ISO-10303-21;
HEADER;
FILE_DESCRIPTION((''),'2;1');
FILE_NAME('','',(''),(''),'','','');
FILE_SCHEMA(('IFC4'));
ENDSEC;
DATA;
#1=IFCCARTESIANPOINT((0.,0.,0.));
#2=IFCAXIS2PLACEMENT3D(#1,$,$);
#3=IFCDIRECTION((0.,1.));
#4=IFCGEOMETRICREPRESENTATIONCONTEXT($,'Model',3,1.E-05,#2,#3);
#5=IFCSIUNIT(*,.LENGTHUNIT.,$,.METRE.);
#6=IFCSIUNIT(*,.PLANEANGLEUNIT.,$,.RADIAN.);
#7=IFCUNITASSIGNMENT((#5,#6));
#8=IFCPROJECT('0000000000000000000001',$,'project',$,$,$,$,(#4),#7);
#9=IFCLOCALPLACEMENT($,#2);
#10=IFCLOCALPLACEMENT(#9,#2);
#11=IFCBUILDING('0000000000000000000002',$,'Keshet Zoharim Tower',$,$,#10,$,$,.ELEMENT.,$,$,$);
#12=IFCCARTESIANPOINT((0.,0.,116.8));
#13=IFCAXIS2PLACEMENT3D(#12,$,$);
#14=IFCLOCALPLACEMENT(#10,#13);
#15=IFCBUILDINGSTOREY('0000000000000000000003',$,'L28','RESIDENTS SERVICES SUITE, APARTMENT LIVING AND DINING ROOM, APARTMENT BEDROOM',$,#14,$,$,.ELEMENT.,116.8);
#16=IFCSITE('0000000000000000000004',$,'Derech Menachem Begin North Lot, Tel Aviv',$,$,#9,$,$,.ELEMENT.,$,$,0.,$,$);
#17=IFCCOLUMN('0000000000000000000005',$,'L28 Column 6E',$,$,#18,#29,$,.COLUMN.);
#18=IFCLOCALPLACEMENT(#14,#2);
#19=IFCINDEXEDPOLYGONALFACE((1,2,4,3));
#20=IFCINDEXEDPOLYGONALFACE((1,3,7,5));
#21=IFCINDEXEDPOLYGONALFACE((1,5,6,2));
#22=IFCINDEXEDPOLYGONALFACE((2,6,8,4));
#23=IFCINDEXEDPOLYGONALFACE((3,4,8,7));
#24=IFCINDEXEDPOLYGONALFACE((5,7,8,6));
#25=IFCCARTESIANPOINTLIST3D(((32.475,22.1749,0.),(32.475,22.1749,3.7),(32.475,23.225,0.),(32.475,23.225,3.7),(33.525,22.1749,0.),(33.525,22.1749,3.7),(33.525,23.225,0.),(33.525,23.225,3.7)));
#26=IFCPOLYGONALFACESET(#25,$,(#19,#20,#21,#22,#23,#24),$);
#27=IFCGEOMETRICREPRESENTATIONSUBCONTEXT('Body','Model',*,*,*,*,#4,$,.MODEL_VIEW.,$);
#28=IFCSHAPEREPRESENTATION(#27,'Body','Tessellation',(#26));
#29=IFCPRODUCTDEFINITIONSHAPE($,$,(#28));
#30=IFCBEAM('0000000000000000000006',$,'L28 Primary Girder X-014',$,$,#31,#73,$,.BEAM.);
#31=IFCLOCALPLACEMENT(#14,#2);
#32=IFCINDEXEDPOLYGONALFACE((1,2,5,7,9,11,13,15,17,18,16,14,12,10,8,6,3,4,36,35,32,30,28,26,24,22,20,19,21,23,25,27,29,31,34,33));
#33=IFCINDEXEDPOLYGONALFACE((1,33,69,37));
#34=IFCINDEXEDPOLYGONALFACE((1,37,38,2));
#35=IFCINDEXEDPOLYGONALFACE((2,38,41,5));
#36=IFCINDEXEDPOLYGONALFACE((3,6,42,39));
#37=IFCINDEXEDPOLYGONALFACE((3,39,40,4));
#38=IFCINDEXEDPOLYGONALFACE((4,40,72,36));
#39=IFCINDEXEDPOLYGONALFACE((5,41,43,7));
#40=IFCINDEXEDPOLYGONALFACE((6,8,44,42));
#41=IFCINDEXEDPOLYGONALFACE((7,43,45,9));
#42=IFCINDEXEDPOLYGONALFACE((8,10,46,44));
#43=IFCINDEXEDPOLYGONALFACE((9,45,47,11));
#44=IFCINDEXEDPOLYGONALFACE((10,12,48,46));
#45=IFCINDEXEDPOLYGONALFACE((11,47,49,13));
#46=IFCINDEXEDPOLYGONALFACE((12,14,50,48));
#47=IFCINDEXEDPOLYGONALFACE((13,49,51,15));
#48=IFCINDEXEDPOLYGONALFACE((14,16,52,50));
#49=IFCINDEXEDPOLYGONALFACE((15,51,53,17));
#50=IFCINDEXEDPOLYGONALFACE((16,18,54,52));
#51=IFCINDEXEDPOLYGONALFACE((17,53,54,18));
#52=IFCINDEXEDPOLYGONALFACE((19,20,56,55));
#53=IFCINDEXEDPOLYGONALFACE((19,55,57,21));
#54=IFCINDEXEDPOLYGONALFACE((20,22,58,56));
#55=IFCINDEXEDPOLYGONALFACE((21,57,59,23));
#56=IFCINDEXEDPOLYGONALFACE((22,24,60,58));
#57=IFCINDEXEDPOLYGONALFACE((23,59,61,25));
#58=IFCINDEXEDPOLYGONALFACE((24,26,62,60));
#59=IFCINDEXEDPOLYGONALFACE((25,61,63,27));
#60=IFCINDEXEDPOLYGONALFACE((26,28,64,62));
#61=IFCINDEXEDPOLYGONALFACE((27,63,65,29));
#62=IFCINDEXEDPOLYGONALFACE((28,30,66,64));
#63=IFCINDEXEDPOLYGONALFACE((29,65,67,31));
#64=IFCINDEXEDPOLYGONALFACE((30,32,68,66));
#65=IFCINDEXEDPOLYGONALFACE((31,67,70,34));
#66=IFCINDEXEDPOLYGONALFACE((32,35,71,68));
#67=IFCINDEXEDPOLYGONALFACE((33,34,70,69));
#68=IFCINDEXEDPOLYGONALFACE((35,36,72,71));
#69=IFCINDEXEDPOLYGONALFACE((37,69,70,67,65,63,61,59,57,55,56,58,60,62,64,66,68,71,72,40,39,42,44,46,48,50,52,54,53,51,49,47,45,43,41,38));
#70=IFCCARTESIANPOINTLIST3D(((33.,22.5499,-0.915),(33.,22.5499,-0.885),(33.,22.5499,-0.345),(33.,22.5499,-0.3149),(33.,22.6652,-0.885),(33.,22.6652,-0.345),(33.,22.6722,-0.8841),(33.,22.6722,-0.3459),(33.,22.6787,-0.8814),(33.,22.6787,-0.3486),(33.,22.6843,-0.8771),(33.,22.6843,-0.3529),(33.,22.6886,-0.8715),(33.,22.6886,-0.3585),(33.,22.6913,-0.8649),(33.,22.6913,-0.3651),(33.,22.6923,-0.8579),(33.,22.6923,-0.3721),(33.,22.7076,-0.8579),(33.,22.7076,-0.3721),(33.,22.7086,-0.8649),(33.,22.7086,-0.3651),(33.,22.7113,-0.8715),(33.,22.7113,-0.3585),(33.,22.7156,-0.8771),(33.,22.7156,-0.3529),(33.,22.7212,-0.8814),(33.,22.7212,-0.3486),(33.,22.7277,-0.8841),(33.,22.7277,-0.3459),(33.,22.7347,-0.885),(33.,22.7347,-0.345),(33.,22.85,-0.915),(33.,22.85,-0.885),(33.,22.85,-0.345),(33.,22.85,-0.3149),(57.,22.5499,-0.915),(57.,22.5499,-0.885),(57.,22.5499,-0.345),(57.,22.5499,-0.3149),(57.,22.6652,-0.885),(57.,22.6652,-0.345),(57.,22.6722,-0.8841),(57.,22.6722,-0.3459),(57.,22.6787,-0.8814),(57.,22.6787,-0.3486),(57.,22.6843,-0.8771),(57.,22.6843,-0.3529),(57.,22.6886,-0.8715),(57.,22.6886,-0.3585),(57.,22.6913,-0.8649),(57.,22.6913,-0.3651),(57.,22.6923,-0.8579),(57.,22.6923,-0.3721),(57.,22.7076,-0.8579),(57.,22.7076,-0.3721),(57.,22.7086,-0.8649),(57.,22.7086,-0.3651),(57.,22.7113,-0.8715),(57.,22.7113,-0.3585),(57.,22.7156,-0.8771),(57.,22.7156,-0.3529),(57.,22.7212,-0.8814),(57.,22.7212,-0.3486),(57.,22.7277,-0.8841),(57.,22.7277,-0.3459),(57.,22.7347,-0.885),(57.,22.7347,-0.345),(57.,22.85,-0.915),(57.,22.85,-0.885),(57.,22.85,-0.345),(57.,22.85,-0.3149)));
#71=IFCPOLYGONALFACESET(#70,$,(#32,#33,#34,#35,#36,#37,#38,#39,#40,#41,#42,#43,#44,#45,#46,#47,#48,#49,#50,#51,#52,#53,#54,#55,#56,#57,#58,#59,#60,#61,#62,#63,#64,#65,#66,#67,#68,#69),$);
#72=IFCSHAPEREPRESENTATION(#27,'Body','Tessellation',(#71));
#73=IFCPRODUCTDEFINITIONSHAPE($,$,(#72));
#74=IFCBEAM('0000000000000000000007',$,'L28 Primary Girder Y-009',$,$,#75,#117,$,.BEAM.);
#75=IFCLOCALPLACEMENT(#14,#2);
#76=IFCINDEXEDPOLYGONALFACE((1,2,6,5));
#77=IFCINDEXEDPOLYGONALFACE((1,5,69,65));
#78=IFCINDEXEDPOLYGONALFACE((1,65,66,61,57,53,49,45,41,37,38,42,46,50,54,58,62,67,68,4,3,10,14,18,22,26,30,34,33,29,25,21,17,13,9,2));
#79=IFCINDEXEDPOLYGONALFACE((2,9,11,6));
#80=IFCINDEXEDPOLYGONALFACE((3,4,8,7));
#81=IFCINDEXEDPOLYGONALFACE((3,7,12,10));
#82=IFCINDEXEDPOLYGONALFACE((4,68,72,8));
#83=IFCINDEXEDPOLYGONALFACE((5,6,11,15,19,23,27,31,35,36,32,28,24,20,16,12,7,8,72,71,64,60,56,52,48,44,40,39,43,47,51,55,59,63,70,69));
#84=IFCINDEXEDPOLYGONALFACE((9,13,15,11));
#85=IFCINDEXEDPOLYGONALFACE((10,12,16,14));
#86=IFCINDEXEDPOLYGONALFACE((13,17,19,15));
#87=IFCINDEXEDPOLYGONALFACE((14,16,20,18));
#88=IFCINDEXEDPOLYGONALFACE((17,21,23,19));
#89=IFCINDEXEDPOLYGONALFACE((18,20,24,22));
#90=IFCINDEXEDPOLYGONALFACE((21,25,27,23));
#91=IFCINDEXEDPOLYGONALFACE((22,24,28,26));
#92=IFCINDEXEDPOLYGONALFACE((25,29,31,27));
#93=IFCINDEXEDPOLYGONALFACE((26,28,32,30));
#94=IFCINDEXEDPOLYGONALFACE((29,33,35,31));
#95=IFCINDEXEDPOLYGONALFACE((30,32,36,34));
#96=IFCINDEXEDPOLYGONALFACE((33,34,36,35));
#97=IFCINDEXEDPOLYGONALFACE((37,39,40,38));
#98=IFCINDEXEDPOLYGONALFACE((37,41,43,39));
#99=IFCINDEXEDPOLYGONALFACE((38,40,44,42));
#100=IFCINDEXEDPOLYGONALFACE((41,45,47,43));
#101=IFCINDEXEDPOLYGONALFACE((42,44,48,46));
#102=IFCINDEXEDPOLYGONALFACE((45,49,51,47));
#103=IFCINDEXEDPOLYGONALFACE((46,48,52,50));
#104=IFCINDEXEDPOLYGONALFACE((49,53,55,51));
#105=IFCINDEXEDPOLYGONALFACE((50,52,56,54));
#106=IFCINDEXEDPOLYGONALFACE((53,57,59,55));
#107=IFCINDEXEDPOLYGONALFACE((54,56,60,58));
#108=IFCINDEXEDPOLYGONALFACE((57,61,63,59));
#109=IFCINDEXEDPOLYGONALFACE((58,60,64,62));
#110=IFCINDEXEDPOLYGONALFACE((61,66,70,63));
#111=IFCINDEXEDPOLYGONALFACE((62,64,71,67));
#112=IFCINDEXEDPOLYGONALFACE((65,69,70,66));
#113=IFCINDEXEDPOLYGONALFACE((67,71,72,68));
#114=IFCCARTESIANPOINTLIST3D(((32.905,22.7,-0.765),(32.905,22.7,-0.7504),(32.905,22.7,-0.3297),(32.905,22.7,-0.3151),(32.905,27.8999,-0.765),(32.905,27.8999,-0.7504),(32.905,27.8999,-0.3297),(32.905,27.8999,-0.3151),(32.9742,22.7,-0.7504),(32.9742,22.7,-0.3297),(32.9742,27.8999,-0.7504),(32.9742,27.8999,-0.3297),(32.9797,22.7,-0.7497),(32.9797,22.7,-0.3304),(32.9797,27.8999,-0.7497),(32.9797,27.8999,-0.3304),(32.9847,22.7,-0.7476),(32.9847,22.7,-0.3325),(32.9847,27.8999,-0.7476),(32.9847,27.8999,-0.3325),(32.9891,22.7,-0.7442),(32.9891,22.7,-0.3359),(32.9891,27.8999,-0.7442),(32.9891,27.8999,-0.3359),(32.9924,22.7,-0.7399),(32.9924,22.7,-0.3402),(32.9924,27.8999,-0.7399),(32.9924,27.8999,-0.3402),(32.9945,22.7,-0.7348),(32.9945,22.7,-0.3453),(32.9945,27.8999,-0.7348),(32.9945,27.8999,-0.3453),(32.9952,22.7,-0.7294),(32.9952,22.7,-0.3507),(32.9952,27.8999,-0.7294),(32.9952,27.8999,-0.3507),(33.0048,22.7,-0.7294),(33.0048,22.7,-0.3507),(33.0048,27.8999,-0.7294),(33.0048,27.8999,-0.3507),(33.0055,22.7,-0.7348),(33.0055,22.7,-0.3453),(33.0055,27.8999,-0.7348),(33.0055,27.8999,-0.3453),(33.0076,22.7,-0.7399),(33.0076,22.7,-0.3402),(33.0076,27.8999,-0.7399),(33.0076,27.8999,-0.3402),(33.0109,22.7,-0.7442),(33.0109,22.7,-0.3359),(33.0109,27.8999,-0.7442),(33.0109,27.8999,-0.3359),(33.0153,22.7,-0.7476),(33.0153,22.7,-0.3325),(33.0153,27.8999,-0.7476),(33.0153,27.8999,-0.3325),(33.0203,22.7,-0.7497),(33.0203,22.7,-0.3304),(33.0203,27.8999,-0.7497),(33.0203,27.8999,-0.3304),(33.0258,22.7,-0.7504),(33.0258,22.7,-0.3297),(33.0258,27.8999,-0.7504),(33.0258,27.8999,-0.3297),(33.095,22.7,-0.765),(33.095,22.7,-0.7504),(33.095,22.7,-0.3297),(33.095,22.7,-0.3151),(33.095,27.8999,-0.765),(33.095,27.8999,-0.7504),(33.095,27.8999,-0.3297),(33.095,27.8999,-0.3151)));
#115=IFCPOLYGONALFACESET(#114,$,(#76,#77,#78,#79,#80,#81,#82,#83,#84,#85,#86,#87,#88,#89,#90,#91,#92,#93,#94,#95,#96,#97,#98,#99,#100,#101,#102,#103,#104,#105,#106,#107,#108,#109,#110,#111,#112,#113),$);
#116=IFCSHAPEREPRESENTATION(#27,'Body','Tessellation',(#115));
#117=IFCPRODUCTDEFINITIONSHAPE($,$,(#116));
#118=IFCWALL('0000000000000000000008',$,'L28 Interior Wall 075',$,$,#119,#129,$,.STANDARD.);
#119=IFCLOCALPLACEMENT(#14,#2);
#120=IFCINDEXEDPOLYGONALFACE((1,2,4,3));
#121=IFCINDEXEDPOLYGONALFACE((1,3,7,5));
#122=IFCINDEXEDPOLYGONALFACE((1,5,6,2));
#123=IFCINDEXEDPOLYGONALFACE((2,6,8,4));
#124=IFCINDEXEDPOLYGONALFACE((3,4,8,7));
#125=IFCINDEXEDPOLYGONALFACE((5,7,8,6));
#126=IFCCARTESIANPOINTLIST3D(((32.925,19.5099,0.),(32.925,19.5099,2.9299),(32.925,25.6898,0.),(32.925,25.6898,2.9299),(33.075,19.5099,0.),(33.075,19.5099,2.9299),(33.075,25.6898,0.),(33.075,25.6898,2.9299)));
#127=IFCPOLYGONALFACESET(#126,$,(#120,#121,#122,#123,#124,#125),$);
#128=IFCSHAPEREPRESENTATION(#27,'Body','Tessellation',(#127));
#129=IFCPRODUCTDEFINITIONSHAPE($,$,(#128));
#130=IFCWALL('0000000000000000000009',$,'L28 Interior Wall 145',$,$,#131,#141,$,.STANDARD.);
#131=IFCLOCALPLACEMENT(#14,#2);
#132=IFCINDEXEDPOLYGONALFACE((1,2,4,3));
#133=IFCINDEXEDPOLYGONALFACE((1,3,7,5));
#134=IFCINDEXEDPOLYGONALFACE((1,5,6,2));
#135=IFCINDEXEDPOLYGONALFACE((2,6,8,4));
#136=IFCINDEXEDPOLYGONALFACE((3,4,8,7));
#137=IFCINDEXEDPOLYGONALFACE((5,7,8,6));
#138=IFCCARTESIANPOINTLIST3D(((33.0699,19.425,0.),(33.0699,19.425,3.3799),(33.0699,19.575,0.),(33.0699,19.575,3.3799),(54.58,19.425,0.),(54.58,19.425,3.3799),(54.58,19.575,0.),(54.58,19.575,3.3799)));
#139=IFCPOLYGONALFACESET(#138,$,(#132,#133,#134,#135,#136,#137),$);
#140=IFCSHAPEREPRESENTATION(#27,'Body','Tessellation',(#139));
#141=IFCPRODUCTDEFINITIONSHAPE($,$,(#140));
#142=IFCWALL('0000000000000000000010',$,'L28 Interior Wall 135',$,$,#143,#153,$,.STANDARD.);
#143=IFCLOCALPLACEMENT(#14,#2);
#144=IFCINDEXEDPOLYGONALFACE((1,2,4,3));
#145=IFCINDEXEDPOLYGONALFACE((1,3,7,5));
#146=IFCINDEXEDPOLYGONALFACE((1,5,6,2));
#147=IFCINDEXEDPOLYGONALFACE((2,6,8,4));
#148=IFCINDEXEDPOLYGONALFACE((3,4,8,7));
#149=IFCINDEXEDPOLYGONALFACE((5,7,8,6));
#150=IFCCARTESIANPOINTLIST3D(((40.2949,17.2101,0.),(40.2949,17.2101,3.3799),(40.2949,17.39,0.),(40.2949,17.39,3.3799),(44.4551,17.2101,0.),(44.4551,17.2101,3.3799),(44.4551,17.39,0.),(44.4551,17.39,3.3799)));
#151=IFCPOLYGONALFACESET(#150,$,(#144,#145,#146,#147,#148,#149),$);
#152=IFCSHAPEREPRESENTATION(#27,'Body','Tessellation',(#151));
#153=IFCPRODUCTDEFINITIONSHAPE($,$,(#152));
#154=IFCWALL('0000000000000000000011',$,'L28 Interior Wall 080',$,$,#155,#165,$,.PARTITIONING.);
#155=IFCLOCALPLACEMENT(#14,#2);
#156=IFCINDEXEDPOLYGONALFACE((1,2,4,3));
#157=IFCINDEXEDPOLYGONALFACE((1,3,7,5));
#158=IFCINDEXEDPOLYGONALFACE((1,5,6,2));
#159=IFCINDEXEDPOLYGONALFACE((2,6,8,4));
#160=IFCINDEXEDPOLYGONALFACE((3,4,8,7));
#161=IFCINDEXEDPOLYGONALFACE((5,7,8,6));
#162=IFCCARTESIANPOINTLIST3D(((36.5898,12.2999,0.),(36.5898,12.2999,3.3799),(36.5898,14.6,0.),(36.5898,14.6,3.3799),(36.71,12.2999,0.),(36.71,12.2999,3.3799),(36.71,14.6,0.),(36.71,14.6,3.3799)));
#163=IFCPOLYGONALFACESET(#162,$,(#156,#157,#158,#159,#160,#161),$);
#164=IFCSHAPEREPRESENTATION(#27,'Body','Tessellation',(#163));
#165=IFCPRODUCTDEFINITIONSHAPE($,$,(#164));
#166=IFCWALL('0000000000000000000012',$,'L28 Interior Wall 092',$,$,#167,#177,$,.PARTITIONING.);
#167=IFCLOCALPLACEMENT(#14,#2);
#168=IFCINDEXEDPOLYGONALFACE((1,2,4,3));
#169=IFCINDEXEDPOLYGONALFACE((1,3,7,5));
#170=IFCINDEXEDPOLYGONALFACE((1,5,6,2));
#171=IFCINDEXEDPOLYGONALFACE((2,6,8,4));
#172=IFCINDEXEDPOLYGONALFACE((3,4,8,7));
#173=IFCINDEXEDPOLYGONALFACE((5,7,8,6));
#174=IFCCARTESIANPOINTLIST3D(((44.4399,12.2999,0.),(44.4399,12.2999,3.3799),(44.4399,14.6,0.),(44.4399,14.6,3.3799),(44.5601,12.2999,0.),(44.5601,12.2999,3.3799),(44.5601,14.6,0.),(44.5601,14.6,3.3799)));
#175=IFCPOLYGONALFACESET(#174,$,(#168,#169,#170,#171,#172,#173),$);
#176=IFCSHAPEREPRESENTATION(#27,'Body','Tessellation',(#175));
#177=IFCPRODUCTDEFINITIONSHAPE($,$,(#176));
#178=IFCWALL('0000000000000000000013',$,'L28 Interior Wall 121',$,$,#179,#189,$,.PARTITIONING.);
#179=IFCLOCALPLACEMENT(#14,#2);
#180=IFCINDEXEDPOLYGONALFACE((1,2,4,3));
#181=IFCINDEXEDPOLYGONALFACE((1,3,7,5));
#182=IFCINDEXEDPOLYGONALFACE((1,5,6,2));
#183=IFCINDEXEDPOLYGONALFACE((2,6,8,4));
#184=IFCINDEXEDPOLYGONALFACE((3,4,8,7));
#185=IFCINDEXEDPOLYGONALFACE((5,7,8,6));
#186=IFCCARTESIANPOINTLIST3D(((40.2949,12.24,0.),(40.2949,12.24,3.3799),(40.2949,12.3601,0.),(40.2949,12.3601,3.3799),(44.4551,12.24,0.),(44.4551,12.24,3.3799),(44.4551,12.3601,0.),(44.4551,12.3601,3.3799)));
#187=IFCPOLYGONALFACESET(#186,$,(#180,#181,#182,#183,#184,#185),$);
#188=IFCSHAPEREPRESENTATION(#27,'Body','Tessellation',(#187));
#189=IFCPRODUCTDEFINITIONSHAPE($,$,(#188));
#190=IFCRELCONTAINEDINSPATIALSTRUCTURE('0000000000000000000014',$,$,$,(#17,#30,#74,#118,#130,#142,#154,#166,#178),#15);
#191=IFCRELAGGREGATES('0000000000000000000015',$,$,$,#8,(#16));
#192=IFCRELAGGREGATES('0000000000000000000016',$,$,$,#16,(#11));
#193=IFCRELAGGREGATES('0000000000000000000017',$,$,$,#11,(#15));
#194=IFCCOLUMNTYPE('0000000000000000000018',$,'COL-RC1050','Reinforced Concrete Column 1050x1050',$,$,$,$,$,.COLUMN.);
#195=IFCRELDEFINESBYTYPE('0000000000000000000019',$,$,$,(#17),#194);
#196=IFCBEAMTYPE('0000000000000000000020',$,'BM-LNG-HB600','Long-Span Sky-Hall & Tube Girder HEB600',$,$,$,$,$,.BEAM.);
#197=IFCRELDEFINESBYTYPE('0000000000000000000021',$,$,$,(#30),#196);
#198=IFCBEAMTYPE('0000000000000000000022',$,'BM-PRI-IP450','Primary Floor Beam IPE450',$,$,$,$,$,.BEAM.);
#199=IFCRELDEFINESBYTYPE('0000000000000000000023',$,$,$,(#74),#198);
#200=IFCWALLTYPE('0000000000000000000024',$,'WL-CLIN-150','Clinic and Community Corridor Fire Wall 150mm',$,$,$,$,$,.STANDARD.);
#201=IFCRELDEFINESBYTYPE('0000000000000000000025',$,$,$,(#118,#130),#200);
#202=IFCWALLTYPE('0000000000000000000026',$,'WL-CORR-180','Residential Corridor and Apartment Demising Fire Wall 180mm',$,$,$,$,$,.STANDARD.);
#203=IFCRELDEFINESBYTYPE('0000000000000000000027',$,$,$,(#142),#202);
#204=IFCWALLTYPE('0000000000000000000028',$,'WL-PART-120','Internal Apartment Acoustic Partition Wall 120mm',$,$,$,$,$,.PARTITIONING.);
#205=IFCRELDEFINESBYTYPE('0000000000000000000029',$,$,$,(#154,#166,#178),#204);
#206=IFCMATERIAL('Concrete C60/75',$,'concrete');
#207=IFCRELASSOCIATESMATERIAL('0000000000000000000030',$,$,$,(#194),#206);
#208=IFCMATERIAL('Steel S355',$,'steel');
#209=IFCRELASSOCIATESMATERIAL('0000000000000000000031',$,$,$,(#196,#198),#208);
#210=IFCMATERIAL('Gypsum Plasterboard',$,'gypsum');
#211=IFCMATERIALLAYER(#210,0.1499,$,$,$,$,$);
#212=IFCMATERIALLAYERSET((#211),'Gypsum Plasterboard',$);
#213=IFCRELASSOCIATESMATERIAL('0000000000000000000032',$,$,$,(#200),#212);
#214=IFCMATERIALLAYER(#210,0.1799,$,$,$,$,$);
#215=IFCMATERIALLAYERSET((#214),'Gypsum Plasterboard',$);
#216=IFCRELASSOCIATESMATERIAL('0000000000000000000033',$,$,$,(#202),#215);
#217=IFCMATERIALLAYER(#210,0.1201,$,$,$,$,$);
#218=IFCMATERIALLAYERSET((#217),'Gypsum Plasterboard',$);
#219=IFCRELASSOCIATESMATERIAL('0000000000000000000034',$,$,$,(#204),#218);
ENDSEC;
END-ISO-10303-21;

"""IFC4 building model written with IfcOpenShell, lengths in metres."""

from ifc_helpers import new_model, si_unit, direction, frame, frame_2d, origin, origin_2d, place, context, subcontext, project, spatial, rectangle, i_section, extrude, material, layer, layer_set, material_profile, profile_set, type_object, element, save


model = new_model("IFC4")

# Units and contexts
model_context = context("Model", 3, precision=1e-05, world=origin(), true_north=direction((0.0, 1.0)))
body_context = subcontext(model_context, "Body", "Model", "MODEL_VIEW")
ifc_project = project(units=[si_unit("LENGTHUNIT", "METRE"), si_unit("PLANEANGLEUNIT", "RADIAN")], contexts=[model_context])

# Site, building, storey
site_placement = place(None, origin())
site = spatial("IfcSite", under=ifc_project, at=site_placement, Name="Derech Menachem Begin North Lot, Tel Aviv", CompositionType="ELEMENT", RefElevation=0.0)
building_placement = place(site_placement, origin())
building = spatial("IfcBuilding", under=site, at=building_placement, Name="Keshet Zoharim Tower", CompositionType="ELEMENT")
storey_placement = place(building_placement, frame((0.0, 0.0, 116.8)))
storey = spatial("IfcBuildingStorey", under=building, at=storey_placement, Name="L28", Description="RESIDENTS SERVICES SUITE, APARTMENT LIVING AND DINING ROOM, APARTMENT BEDROOM", CompositionType="ELEMENT", Elevation=116.8)

# Column
ifc_material_1 = material(Name="Concrete C60/75", Category="concrete")
ifc_material_profile_1 = material_profile(ifc_material_1, rectangle(XDim=1.05, YDim=1.05, at=origin_2d()), Name="RC1050x1050")
ifc_profile_set_1 = profile_set([ifc_material_profile_1], Name="Concrete C60/75")
column_type = type_object("IfcColumnType", Name="COL-RC1050", Description="Reinforced Concrete Column 1050x1050", PredefinedType="COLUMN", material=ifc_profile_set_1)
column_placement = place(storey_placement, frame((33.0, 22.7, 0.0), z_axis=(0.0, 0.0, 1.0), x_axis=(1.0, 0.0, 0.0)))
element("IfcColumn", 1, at=column_placement, inside=storey, type_object=column_type, Name="L28 Column 6E", PredefinedType="COLUMN", context=body_context, shape_type="SweptSolid", body=[
    extrude(rectangle(XDim=1.05, YDim=1.05, at=origin_2d()), origin(), (0.0, 0.0, 1.0), 3.7),
])

# Beams
ifc_material_2 = material(Name="Steel S355", Category="steel")
ifc_material_profile_2 = material_profile(ifc_material_2, i_section(OverallWidth=0.3, OverallDepth=0.6001, WebThickness=0.0154, FlangeThickness=0.03, FilletRadius=0.0271, at=origin_2d()), Name="HEB600")
ifc_profile_set_2 = profile_set([ifc_material_profile_2], Name="Steel S355")
beam_type_1 = type_object("IfcBeamType", Name="BM-LNG-HB600", Description="Long-Span Sky-Hall & Tube Girder HEB600", PredefinedType="BEAM", material=ifc_profile_set_2)
beam_1_placement = place(storey_placement, frame((33.0, 22.7, -0.615), z_axis=(1.0, 0.0, 0.0), x_axis=(0.0, 1.0, 0.0)))
element("IfcBeam", 2, at=beam_1_placement, inside=storey, type_object=beam_type_1, Name="L28 Primary Girder X-014", PredefinedType="BEAM", context=body_context, shape_type="SweptSolid", body=[
    extrude(i_section(OverallWidth=0.3, OverallDepth=0.6001, WebThickness=0.0154, FlangeThickness=0.03, FilletRadius=0.0271, at=origin_2d()), origin(), (0.0, 0.0, 1.0), 24.0),
])
ifc_material_profile_3 = material_profile(ifc_material_2, i_section(OverallWidth=0.1899, OverallDepth=0.45, WebThickness=0.0095, FlangeThickness=0.0146, FilletRadius=0.021, at=origin_2d()), Name="IPE450")
ifc_profile_set_3 = profile_set([ifc_material_profile_3], Name="Steel S355")
beam_type_2 = type_object("IfcBeamType", Name="BM-PRI-IP450", Description="Primary Floor Beam IPE450", PredefinedType="BEAM", material=ifc_profile_set_3)
beam_2_placement = place(storey_placement, frame((33.0, 22.7, -0.54), z_axis=(0.0, 1.0, 0.0), x_axis=(-1.0, 0.0, 0.0)))
element("IfcBeam", 3, at=beam_2_placement, inside=storey, type_object=beam_type_2, Name="L28 Primary Girder Y-009", PredefinedType="BEAM", context=body_context, shape_type="SweptSolid", body=[
    extrude(i_section(OverallWidth=0.1899, OverallDepth=0.45, WebThickness=0.0095, FlangeThickness=0.0146, FilletRadius=0.021, at=origin_2d()), origin(), (0.0, 0.0, 1.0), 5.2),
])

# Walls
ifc_material_3 = material(Name="Gypsum Plasterboard", Category="gypsum")
ifc_layer_1 = layer(ifc_material_3, 0.1499)
ifc_layer_set_1 = layer_set([ifc_layer_1], Name="Gypsum Plasterboard")
wall_type_1 = type_object("IfcWallType", Name="WL-CLIN-150", Description="Clinic and Community Corridor Fire Wall 150mm", PredefinedType="STANDARD", material=ifc_layer_set_1)
wall_1_placement = place(storey_placement, frame((33.0, 19.51, 0.0), z_axis=(0.0, 0.0, 1.0), x_axis=(0.0, 1.0, 0.0)))
element("IfcWall", 4, at=wall_1_placement, inside=storey, type_object=wall_type_1, Name="L28 Interior Wall 075", PredefinedType="STANDARD", context=body_context, shape_type="SweptSolid", body=[
    extrude(rectangle(XDim=6.1799, YDim=0.1499, at=frame_2d((3.0898, 0.0))), origin(), (0.0, 0.0, 1.0), 2.9299),
])
wall_2_placement = place(storey_placement, frame((33.0701, 19.5, 0.0), z_axis=(0.0, 0.0, 1.0), x_axis=(1.0, 0.0, 0.0)))
element("IfcWall", 5, at=wall_2_placement, inside=storey, type_object=wall_type_1, Name="L28 Interior Wall 145", PredefinedType="STANDARD", context=body_context, shape_type="SweptSolid", body=[
    extrude(rectangle(XDim=21.51, YDim=0.1499, at=frame_2d((10.7549, 0.0))), origin(), (0.0, 0.0, 1.0), 3.3799),
])

# Shared definitions
ifc_layer_2 = layer(ifc_material_3, 0.1799)
ifc_layer_set_2 = layer_set([ifc_layer_2], Name="Gypsum Plasterboard")
wall_type_2 = type_object("IfcWallType", Name="WL-CORR-180", Description="Residential Corridor and Apartment Demising Fire Wall 180mm", PredefinedType="STANDARD", material=ifc_layer_set_2)

# Walls
wall_3_placement = place(storey_placement, frame((40.2949, 17.3, 0.0), z_axis=(0.0, 0.0, 1.0), x_axis=(1.0, 0.0, 0.0)))
element("IfcWall", 6, at=wall_3_placement, inside=storey, type_object=wall_type_2, Name="L28 Interior Wall 135", PredefinedType="STANDARD", context=body_context, shape_type="SweptSolid", body=[
    extrude(rectangle(XDim=4.1602, YDim=0.1799, at=frame_2d((2.0801, 0.0))), origin(), (0.0, 0.0, 1.0), 3.3799),
])
ifc_layer_3 = layer(ifc_material_3, 0.1201)
ifc_layer_set_3 = layer_set([ifc_layer_3], Name="Gypsum Plasterboard")
wall_type_3 = type_object("IfcWallType", Name="WL-PART-120", Description="Internal Apartment Acoustic Partition Wall 120mm", PredefinedType="PARTITIONING", material=ifc_layer_set_3)
wall_4_placement = place(storey_placement, frame((36.6499, 12.3, 0.0), z_axis=(0.0, 0.0, 1.0), x_axis=(0.0, 1.0, 0.0)))
element("IfcWall", 7, at=wall_4_placement, inside=storey, type_object=wall_type_3, Name="L28 Interior Wall 080", PredefinedType="PARTITIONING", context=body_context, shape_type="SweptSolid", body=[
    extrude(rectangle(XDim=2.3, YDim=0.1201, at=frame_2d((1.1499, 0.0))), origin(), (0.0, 0.0, 1.0), 3.3799),
])

# Walls
wall_5_placement = place(storey_placement, frame((44.5, 12.3, 0.0), z_axis=(0.0, 0.0, 1.0), x_axis=(0.0, 1.0, 0.0)))
element("IfcWall", 8, at=wall_5_placement, inside=storey, type_object=wall_type_3, Name="L28 Interior Wall 092", PredefinedType="PARTITIONING", context=body_context, shape_type="SweptSolid", body=[
    extrude(rectangle(XDim=2.3, YDim=0.1201, at=frame_2d((1.1499, 0.0))), origin(), (0.0, 0.0, 1.0), 3.3799),
])
wall_6_placement = place(storey_placement, frame((40.2949, 12.3, 0.0), z_axis=(0.0, 0.0, 1.0), x_axis=(1.0, 0.0, 0.0)))
element("IfcWall", 9, at=wall_6_placement, inside=storey, type_object=wall_type_3, Name="L28 Interior Wall 121", PredefinedType="PARTITIONING", context=body_context, shape_type="SweptSolid", body=[
    extrude(rectangle(XDim=4.1602, YDim=0.1201, at=frame_2d((2.0801, 0.0))), origin(), (0.0, 0.0, 1.0), 3.3799),
])

save(model, "model.ifc")
